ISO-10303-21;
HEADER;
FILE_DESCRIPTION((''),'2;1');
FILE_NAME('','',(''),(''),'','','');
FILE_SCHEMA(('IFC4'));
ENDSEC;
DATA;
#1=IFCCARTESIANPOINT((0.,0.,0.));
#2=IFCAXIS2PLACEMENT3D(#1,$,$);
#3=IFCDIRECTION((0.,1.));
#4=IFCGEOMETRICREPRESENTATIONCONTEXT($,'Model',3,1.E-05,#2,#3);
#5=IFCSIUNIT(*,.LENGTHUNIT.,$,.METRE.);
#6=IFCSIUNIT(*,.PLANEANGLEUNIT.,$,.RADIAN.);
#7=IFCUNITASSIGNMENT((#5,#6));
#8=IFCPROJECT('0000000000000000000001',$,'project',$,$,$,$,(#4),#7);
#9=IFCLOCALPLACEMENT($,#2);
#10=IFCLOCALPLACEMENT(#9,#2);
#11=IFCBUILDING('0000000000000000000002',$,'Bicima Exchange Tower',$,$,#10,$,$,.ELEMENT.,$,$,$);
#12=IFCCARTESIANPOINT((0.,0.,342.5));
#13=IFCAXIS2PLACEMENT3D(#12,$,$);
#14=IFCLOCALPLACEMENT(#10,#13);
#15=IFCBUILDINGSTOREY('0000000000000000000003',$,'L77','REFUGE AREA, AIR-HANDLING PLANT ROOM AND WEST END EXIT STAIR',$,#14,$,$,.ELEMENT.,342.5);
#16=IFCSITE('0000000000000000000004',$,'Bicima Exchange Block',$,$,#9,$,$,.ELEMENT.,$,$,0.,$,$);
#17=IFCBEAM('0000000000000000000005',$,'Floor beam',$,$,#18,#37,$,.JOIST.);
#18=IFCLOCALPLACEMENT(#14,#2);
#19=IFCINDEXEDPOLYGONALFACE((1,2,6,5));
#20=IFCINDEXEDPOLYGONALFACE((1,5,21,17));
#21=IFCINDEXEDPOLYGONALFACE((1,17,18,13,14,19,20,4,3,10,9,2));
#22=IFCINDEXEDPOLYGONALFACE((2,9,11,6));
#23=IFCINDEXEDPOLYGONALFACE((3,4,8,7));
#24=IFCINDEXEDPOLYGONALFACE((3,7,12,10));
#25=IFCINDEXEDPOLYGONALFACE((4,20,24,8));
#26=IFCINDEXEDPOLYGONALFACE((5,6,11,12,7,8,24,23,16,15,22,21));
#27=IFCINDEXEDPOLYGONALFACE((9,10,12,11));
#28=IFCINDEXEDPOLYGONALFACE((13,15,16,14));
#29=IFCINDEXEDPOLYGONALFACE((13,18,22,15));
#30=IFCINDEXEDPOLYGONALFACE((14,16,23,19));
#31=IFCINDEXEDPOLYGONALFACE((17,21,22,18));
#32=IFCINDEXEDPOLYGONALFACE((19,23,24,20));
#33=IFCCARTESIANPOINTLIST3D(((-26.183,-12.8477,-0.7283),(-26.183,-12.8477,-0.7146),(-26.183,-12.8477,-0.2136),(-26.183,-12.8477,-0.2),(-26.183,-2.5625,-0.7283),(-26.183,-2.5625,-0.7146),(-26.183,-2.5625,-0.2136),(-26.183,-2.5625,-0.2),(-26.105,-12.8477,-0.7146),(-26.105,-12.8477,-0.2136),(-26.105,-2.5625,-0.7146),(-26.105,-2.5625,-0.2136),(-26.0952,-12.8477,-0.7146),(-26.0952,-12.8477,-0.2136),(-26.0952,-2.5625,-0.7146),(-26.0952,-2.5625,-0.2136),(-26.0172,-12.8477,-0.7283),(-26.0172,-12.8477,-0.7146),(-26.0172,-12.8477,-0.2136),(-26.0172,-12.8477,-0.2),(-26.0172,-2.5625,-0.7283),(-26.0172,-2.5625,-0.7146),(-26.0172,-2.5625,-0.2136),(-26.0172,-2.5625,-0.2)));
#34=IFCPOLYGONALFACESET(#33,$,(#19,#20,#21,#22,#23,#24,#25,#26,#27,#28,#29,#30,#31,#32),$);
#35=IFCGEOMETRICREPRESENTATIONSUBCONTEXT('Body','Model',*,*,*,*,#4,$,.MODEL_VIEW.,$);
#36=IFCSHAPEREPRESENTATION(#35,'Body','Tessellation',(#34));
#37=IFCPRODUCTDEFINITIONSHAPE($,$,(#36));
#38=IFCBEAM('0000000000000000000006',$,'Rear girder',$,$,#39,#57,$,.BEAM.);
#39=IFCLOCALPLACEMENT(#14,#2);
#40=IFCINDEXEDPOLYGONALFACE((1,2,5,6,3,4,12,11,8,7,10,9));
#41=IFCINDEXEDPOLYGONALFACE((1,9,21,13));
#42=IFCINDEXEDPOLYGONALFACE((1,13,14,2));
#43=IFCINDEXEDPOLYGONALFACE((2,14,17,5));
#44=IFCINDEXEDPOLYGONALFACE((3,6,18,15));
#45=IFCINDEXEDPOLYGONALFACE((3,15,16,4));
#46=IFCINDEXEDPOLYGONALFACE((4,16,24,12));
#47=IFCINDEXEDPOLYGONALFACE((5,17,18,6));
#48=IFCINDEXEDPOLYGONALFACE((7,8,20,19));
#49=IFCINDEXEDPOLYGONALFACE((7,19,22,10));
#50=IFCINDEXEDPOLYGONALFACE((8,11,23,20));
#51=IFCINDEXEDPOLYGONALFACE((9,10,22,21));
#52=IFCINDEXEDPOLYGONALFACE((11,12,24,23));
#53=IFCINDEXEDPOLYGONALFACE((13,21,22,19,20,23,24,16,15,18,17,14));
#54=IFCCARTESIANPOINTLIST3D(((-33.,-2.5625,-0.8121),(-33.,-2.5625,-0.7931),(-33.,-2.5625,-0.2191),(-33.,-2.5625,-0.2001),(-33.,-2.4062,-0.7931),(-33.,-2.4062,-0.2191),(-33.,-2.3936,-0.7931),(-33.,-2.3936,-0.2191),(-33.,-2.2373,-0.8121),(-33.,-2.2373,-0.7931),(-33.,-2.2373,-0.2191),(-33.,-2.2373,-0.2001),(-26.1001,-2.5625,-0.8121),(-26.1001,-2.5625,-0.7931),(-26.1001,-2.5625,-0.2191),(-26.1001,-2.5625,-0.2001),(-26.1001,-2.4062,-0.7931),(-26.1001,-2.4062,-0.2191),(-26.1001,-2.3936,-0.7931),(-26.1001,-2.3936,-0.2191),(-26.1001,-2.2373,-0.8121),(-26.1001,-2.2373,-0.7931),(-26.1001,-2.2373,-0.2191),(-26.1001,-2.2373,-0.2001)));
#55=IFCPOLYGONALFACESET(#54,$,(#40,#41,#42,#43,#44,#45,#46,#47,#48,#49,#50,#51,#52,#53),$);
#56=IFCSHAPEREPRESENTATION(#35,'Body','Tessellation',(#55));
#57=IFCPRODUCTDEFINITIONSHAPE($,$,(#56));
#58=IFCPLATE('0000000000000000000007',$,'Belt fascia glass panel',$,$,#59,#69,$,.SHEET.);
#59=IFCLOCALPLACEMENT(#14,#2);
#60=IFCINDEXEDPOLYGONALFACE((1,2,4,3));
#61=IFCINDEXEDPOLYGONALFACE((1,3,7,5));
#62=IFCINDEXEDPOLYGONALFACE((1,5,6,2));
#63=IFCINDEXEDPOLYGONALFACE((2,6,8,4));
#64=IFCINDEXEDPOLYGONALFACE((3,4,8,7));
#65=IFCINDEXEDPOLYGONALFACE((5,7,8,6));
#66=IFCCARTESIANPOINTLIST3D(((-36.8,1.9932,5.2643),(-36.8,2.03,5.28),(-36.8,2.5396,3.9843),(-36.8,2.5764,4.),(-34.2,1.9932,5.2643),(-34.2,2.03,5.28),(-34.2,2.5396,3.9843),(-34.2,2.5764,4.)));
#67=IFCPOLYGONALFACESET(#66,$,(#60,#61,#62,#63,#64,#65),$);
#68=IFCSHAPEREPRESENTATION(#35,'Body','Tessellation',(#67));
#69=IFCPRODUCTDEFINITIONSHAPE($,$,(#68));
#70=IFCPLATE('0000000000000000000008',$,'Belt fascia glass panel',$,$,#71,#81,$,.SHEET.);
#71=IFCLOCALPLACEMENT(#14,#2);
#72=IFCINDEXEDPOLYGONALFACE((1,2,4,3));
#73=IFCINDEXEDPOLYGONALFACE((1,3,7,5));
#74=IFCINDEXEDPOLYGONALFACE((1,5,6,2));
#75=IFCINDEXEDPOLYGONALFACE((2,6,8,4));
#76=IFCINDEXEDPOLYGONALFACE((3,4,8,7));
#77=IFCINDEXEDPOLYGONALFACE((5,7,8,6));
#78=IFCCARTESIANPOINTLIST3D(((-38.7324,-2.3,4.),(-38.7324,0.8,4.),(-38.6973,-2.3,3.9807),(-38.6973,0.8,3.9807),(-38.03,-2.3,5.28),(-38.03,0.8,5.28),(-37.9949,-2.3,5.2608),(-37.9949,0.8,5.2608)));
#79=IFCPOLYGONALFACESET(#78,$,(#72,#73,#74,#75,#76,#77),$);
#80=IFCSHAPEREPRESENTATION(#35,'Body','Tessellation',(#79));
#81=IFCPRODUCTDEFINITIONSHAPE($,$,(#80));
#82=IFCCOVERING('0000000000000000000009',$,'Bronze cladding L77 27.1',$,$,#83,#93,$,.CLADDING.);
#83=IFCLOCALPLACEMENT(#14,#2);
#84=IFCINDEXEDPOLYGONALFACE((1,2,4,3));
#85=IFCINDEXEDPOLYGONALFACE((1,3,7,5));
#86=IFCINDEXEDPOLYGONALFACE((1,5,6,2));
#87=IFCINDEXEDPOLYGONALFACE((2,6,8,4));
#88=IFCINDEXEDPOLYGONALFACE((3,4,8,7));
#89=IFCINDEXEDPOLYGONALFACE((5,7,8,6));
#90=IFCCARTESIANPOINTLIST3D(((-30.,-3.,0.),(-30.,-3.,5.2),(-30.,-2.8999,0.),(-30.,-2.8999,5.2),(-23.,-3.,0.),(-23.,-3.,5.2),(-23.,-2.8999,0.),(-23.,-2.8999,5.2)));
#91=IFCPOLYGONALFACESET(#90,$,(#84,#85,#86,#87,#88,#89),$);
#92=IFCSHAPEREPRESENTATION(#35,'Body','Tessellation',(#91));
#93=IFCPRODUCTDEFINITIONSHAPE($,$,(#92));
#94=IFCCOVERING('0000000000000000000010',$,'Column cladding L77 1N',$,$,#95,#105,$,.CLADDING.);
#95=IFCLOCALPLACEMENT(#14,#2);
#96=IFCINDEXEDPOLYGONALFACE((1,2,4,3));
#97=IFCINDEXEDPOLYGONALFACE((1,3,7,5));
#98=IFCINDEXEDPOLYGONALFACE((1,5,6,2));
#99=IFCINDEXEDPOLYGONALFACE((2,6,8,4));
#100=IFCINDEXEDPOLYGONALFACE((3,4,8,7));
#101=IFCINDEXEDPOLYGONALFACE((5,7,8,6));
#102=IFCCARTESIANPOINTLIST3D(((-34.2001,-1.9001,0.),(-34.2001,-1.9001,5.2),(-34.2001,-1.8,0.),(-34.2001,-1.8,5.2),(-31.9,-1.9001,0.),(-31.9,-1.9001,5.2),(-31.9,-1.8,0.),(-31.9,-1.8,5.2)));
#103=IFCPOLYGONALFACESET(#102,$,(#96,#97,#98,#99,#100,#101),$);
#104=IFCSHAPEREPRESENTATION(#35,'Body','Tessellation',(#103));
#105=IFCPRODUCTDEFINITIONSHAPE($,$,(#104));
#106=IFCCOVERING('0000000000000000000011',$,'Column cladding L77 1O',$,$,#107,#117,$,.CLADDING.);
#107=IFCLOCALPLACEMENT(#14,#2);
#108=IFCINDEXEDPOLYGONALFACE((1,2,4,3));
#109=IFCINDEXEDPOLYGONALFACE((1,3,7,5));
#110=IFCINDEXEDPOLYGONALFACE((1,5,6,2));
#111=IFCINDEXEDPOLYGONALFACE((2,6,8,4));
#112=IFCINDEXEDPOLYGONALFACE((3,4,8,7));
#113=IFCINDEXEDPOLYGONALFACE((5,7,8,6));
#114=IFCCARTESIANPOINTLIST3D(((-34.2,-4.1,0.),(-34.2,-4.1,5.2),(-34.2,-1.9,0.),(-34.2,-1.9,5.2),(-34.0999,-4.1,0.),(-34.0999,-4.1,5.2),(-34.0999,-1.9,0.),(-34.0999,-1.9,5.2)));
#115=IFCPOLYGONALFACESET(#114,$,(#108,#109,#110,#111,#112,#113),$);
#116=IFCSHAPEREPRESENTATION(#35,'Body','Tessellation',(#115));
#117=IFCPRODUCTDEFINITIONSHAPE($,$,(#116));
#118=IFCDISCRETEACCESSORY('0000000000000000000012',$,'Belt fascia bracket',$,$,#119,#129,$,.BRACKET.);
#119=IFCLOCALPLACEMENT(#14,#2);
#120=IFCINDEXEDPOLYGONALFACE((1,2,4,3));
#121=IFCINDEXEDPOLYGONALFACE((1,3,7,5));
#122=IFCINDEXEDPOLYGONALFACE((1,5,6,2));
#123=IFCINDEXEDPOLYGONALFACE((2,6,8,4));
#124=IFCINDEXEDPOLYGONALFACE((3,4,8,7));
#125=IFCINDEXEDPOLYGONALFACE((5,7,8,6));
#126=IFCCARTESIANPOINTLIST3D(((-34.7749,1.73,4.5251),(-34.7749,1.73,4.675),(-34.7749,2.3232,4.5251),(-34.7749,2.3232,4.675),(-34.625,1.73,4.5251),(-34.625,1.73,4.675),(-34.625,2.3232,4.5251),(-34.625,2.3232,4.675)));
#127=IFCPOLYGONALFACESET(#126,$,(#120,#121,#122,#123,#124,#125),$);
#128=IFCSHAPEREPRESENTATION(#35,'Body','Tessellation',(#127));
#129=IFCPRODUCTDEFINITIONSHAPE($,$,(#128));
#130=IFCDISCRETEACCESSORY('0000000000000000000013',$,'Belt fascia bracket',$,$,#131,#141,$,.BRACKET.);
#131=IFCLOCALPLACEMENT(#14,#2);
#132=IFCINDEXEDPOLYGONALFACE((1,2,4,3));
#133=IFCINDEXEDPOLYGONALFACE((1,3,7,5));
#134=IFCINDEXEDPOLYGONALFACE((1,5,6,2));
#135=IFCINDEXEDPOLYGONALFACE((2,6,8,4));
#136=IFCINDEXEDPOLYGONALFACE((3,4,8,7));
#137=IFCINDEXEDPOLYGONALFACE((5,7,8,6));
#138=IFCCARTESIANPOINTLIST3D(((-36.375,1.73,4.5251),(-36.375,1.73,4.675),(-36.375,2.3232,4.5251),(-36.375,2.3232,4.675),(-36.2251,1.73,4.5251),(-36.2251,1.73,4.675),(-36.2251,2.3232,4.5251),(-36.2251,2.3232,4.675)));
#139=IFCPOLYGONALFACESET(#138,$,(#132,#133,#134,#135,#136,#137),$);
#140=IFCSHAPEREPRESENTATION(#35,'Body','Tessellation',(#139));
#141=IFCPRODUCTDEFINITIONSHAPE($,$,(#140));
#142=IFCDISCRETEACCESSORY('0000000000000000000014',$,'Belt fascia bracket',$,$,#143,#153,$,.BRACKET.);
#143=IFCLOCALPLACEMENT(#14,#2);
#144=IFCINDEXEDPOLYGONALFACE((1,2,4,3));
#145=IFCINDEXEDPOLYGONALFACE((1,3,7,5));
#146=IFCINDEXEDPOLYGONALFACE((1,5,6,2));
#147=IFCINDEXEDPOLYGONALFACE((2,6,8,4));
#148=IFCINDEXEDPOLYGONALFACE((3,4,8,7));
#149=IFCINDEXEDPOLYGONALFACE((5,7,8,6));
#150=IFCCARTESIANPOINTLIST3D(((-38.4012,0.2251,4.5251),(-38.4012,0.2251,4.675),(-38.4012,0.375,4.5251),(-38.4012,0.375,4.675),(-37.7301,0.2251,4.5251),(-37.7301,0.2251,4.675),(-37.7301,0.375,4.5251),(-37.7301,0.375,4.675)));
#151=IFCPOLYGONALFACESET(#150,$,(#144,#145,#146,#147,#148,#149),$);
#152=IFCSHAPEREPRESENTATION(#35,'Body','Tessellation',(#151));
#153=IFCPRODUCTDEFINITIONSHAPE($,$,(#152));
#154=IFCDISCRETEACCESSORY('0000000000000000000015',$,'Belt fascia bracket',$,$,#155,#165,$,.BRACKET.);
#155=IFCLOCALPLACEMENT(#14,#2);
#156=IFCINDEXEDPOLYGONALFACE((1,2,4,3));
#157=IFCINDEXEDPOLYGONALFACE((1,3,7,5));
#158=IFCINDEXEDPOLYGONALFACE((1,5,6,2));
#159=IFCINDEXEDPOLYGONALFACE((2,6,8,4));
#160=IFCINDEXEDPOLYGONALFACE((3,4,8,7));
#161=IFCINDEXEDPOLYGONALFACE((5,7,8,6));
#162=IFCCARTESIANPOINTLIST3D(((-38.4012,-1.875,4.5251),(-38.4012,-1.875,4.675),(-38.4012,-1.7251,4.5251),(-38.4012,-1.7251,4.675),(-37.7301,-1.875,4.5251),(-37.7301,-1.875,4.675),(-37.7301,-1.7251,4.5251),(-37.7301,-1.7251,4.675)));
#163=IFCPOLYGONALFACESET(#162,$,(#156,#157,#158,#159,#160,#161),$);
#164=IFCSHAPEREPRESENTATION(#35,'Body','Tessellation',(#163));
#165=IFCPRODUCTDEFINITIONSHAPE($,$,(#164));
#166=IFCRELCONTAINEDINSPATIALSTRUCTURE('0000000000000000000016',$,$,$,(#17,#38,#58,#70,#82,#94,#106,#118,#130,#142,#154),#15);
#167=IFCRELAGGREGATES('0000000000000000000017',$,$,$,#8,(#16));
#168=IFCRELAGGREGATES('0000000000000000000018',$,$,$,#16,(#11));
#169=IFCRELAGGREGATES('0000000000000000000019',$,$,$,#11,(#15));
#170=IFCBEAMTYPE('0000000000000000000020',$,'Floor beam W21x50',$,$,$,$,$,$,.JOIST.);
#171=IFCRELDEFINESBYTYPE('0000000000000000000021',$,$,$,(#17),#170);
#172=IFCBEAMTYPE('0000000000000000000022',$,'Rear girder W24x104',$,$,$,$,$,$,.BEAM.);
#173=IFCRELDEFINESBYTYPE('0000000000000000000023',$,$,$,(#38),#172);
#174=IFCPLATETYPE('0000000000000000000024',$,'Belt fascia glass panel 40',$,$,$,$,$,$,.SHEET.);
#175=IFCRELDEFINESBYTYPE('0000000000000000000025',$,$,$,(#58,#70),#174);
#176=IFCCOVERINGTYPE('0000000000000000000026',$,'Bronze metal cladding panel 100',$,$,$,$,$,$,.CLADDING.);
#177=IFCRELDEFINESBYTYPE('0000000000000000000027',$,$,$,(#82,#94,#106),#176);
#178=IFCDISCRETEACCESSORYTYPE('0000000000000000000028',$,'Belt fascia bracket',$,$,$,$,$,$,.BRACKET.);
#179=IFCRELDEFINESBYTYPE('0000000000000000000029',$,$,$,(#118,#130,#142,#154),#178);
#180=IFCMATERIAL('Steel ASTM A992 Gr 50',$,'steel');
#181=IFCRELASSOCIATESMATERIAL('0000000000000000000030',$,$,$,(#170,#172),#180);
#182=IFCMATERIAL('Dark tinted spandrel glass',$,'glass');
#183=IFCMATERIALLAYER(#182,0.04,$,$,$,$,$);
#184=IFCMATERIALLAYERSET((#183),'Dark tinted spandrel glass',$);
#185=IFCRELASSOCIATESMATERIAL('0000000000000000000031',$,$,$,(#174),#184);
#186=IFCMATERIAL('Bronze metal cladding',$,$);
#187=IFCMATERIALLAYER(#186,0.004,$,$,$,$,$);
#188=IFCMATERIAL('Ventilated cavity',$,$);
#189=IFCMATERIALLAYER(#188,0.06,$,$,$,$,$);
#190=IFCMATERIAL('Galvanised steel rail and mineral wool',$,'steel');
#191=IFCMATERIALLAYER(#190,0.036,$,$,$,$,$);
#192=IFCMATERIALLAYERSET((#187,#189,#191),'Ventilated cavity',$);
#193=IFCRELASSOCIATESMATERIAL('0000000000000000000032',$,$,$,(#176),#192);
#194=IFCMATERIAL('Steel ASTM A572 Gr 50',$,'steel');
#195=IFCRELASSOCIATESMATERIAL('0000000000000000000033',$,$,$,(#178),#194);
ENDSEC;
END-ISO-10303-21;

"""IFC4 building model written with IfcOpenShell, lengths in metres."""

from ifc_helpers import new_model, si_unit, direction, frame, origin, origin_2d, place, context, subcontext, project, spatial, polyline, rectangle, i_section, outline, extrude, material, layer, layer_set, material_profile, profile_set, type_object, element, save


model = new_model("IFC4")

# Units and contexts
model_context = context("Model", 3, precision=1e-05, world=origin(), true_north=direction((0.0, 1.0)))
body_context = subcontext(model_context, "Body", "Model", "MODEL_VIEW")
ifc_project = project(units=[si_unit("LENGTHUNIT", "METRE"), si_unit("PLANEANGLEUNIT", "RADIAN")], contexts=[model_context])

# Site, building, storey
site_placement = place(None, origin())
site = spatial("IfcSite", under=ifc_project, at=site_placement, Name="Bicima Exchange Block", CompositionType="ELEMENT", RefElevation=0.0)
building_placement = place(site_placement, origin())
building = spatial("IfcBuilding", under=site, at=building_placement, Name="Bicima Exchange Tower", CompositionType="ELEMENT")
storey_placement = place(building_placement, frame((0.0, 0.0, 342.5)))
storey = spatial("IfcBuildingStorey", under=building, at=storey_placement, Name="L77", Description="REFUGE AREA, AIR-HANDLING PLANT ROOM AND WEST END EXIT STAIR", CompositionType="ELEMENT", Elevation=342.5)

# Shared definitions
ifc_material_1 = material(Name="Steel ASTM A572 Gr 50", Category="steel")
ifc_material_2 = material(Name="Steel ASTM A992 Gr 50", Category="steel")

# Beams
ifc_material_profile_1 = material_profile(ifc_material_2, i_section(OverallWidth=0.1658, OverallDepth=0.5283, WebThickness=0.0098, FlangeThickness=0.0137, at=origin_2d()))
ifc_profile_set_1 = profile_set([ifc_material_profile_1], Name="Steel ASTM A992 Gr 50")
beam_type_1 = type_object("IfcBeamType", Name="Floor beam W21x50", PredefinedType="JOIST", material=ifc_profile_set_1)
beam_1_placement = place(storey_placement, frame((-26.1001, -2.5625, -0.4641), z_axis=(0.0, -1.0, 0.0), x_axis=(1.0, 0.0, 0.0)))
element("IfcBeam", 1, at=beam_1_placement, inside=storey, type_object=beam_type_1, Name="Floor beam", PredefinedType="JOIST", context=body_context, shape_type="SweptSolid", body=[
    extrude(i_section(OverallWidth=0.1658, OverallDepth=0.5283, WebThickness=0.0098, FlangeThickness=0.0137, at=origin_2d()), origin(), (0.0, 0.0, 1.0), 10.2852),
])
ifc_material_profile_2 = material_profile(ifc_material_2, i_section(OverallWidth=0.3252, OverallDepth=0.6121, WebThickness=0.0127, FlangeThickness=0.019, at=origin_2d()))
ifc_profile_set_2 = profile_set([ifc_material_profile_2], Name="Steel ASTM A992 Gr 50")
beam_type_2 = type_object("IfcBeamType", Name="Rear girder W24x104", PredefinedType="BEAM", material=ifc_profile_set_2)
beam_2_placement = place(storey_placement, frame((-26.1001, -2.3999, -0.5061), z_axis=(-1.0, 0.0, 0.0), x_axis=(0.0, -1.0, 0.0)))
element("IfcBeam", 2, at=beam_2_placement, inside=storey, type_object=beam_type_2, Name="Rear girder", PredefinedType="BEAM", context=body_context, shape_type="SweptSolid", body=[
    extrude(i_section(OverallWidth=0.3252, OverallDepth=0.6121, WebThickness=0.0127, FlangeThickness=0.019, at=origin_2d()), origin(), (0.0, 0.0, 1.0), 6.8999),
])

# Plates
ifc_material_3 = material(Name="Dark tinted spandrel glass", Category="glass")
ifc_layer_1 = layer(ifc_material_3, 0.04)
ifc_layer_set_1 = layer_set([ifc_layer_1], Name="Dark tinted spandrel glass")
plate_type = type_object("IfcPlateType", Name="Belt fascia glass panel 40", PredefinedType="SHEET", material=ifc_layer_set_1)
plate_1_placement = place(storey_placement, frame((-34.2, 2.5764, 4.0), z_axis=(0.0, 0.919716, 0.392585), x_axis=(-1.0, 0.0, 0.0)))
element("IfcPlate", 3, at=plate_1_placement, inside=storey, type_object=plate_type, Name="Belt fascia glass panel", PredefinedType="SHEET", context=body_context, shape_type="SweptSolid", body=[
    extrude(outline(polyline([(0.0, 0.0), (2.6001, 0.0), (2.6001, 1.3918), (0.0, 1.3918), (0.0, 0.0)])), origin(), (0.0, 0.0, -1.0), 0.04),
])
plate_2_placement = place(storey_placement, frame((-38.7324, 0.8, 4.0), z_axis=(-0.876685, 0.0, 0.481065), x_axis=(0.0, -1.0, 0.0)))
element("IfcPlate", 4, at=plate_2_placement, inside=storey, type_object=plate_type, Name="Belt fascia glass panel", PredefinedType="SHEET", context=body_context, shape_type="SweptSolid", body=[
    extrude(outline(polyline([(0.0, 0.0), (3.1001, 0.0), (3.1001, 1.4601), (0.0, 1.4601), (0.0, 0.0)])), origin(), (0.0, 0.0, -1.0), 0.04),
])

# Coverings
ifc_material_4 = material(Name="Bronze metal cladding")
ifc_layer_2 = layer(ifc_material_4, 0.004)
ifc_material_5 = material(Name="Ventilated cavity")
ifc_layer_3 = layer(ifc_material_5, 0.06)
ifc_material_6 = material(Name="Galvanised steel rail and mineral wool", Category="steel")
ifc_layer_4 = layer(ifc_material_6, 0.036)
ifc_layer_set_2 = layer_set([ifc_layer_2, ifc_layer_3, ifc_layer_4], Name="Ventilated cavity")
covering_type = type_object("IfcCoveringType", Name="Bronze metal cladding panel 100", PredefinedType="CLADDING", material=ifc_layer_set_2)
covering_1_placement = place(storey_placement, frame((-26.5, -2.95, 0.0), z_axis=(0.0, 0.0, 1.0), x_axis=(-1.0, 0.0, 0.0)))
element("IfcCovering", 5, at=covering_1_placement, inside=storey, type_object=covering_type, Name="Bronze cladding L77 27.1", PredefinedType="CLADDING", context=body_context, shape_type="SweptSolid", body=[
    extrude(rectangle(XDim=7.0, YDim=0.1001, at=origin_2d()), origin(), (0.0, 0.0, 1.0), 5.2),
])
covering_2_placement = place(storey_placement, frame((-33.05, -1.8501, 0.0), z_axis=(0.0, 0.0, 1.0), x_axis=(1.0, 0.0, 0.0)))
element("IfcCovering", 6, at=covering_2_placement, inside=storey, type_object=covering_type, Name="Column cladding L77 1N", PredefinedType="CLADDING", context=body_context, shape_type="SweptSolid", body=[
    extrude(rectangle(XDim=2.3, YDim=0.1001, at=origin_2d()), origin(), (0.0, 0.0, 1.0), 5.2),
])
covering_3_placement = place(storey_placement, frame((-34.1499, -3.0, 0.0), z_axis=(0.0, 0.0, 1.0), x_axis=(1.0, 0.0, 0.0)))
element("IfcCovering", 7, at=covering_3_placement, inside=storey, type_object=covering_type, Name="Column cladding L77 1O", PredefinedType="CLADDING", context=body_context, shape_type="SweptSolid", body=[
    extrude(rectangle(XDim=0.1001, YDim=2.2, at=origin_2d()), origin(), (0.0, 0.0, 1.0), 5.2),
])

# Discrete accessories
discrete_accessory_type = type_object("IfcDiscreteAccessoryType", Name="Belt fascia bracket", PredefinedType="BRACKET", material=ifc_material_1)
for number, where, z_axis, x_axis, name in (
    (8, (-34.7, 2.0266, 4.5251), (0.0, 0.0, 1.0), (-1.0, 0.0, 0.0), "Belt fascia bracket"),
    (9, (-36.3, 2.0266, 4.5251), (0.0, 0.0, 1.0), (-1.0, 0.0, 0.0), "Belt fascia bracket"),
):
    element("IfcDiscreteAccessory", number, at=place(storey_placement, frame(where, z_axis=z_axis, x_axis=x_axis)), inside=storey, type_object=discrete_accessory_type, Name=name, PredefinedType="BRACKET", context=body_context, shape_type="SweptSolid", body=[
        extrude(rectangle(XDim=0.1499, YDim=0.5933, at=origin_2d()), origin(), (0.0, 0.0, 1.0), 0.1499),
    ])
for number, where, z_axis, x_axis, name in (
    (10, (-38.0657, 0.3, 4.5251), (0.0, 0.0, 1.0), (0.0, -1.0, 0.0), "Belt fascia bracket"),
    (11, (-38.0657, -1.8, 4.5251), (0.0, 0.0, 1.0), (0.0, -1.0, 0.0), "Belt fascia bracket"),
):
    element("IfcDiscreteAccessory", number, at=place(storey_placement, frame(where, z_axis=z_axis, x_axis=x_axis)), inside=storey, type_object=discrete_accessory_type, Name=name, PredefinedType="BRACKET", context=body_context, shape_type="SweptSolid", body=[
        extrude(rectangle(XDim=0.1499, YDim=0.6711, at=origin_2d()), origin(), (0.0, 0.0, 1.0), 0.1499),
    ])

save(model, "model.ifc")
